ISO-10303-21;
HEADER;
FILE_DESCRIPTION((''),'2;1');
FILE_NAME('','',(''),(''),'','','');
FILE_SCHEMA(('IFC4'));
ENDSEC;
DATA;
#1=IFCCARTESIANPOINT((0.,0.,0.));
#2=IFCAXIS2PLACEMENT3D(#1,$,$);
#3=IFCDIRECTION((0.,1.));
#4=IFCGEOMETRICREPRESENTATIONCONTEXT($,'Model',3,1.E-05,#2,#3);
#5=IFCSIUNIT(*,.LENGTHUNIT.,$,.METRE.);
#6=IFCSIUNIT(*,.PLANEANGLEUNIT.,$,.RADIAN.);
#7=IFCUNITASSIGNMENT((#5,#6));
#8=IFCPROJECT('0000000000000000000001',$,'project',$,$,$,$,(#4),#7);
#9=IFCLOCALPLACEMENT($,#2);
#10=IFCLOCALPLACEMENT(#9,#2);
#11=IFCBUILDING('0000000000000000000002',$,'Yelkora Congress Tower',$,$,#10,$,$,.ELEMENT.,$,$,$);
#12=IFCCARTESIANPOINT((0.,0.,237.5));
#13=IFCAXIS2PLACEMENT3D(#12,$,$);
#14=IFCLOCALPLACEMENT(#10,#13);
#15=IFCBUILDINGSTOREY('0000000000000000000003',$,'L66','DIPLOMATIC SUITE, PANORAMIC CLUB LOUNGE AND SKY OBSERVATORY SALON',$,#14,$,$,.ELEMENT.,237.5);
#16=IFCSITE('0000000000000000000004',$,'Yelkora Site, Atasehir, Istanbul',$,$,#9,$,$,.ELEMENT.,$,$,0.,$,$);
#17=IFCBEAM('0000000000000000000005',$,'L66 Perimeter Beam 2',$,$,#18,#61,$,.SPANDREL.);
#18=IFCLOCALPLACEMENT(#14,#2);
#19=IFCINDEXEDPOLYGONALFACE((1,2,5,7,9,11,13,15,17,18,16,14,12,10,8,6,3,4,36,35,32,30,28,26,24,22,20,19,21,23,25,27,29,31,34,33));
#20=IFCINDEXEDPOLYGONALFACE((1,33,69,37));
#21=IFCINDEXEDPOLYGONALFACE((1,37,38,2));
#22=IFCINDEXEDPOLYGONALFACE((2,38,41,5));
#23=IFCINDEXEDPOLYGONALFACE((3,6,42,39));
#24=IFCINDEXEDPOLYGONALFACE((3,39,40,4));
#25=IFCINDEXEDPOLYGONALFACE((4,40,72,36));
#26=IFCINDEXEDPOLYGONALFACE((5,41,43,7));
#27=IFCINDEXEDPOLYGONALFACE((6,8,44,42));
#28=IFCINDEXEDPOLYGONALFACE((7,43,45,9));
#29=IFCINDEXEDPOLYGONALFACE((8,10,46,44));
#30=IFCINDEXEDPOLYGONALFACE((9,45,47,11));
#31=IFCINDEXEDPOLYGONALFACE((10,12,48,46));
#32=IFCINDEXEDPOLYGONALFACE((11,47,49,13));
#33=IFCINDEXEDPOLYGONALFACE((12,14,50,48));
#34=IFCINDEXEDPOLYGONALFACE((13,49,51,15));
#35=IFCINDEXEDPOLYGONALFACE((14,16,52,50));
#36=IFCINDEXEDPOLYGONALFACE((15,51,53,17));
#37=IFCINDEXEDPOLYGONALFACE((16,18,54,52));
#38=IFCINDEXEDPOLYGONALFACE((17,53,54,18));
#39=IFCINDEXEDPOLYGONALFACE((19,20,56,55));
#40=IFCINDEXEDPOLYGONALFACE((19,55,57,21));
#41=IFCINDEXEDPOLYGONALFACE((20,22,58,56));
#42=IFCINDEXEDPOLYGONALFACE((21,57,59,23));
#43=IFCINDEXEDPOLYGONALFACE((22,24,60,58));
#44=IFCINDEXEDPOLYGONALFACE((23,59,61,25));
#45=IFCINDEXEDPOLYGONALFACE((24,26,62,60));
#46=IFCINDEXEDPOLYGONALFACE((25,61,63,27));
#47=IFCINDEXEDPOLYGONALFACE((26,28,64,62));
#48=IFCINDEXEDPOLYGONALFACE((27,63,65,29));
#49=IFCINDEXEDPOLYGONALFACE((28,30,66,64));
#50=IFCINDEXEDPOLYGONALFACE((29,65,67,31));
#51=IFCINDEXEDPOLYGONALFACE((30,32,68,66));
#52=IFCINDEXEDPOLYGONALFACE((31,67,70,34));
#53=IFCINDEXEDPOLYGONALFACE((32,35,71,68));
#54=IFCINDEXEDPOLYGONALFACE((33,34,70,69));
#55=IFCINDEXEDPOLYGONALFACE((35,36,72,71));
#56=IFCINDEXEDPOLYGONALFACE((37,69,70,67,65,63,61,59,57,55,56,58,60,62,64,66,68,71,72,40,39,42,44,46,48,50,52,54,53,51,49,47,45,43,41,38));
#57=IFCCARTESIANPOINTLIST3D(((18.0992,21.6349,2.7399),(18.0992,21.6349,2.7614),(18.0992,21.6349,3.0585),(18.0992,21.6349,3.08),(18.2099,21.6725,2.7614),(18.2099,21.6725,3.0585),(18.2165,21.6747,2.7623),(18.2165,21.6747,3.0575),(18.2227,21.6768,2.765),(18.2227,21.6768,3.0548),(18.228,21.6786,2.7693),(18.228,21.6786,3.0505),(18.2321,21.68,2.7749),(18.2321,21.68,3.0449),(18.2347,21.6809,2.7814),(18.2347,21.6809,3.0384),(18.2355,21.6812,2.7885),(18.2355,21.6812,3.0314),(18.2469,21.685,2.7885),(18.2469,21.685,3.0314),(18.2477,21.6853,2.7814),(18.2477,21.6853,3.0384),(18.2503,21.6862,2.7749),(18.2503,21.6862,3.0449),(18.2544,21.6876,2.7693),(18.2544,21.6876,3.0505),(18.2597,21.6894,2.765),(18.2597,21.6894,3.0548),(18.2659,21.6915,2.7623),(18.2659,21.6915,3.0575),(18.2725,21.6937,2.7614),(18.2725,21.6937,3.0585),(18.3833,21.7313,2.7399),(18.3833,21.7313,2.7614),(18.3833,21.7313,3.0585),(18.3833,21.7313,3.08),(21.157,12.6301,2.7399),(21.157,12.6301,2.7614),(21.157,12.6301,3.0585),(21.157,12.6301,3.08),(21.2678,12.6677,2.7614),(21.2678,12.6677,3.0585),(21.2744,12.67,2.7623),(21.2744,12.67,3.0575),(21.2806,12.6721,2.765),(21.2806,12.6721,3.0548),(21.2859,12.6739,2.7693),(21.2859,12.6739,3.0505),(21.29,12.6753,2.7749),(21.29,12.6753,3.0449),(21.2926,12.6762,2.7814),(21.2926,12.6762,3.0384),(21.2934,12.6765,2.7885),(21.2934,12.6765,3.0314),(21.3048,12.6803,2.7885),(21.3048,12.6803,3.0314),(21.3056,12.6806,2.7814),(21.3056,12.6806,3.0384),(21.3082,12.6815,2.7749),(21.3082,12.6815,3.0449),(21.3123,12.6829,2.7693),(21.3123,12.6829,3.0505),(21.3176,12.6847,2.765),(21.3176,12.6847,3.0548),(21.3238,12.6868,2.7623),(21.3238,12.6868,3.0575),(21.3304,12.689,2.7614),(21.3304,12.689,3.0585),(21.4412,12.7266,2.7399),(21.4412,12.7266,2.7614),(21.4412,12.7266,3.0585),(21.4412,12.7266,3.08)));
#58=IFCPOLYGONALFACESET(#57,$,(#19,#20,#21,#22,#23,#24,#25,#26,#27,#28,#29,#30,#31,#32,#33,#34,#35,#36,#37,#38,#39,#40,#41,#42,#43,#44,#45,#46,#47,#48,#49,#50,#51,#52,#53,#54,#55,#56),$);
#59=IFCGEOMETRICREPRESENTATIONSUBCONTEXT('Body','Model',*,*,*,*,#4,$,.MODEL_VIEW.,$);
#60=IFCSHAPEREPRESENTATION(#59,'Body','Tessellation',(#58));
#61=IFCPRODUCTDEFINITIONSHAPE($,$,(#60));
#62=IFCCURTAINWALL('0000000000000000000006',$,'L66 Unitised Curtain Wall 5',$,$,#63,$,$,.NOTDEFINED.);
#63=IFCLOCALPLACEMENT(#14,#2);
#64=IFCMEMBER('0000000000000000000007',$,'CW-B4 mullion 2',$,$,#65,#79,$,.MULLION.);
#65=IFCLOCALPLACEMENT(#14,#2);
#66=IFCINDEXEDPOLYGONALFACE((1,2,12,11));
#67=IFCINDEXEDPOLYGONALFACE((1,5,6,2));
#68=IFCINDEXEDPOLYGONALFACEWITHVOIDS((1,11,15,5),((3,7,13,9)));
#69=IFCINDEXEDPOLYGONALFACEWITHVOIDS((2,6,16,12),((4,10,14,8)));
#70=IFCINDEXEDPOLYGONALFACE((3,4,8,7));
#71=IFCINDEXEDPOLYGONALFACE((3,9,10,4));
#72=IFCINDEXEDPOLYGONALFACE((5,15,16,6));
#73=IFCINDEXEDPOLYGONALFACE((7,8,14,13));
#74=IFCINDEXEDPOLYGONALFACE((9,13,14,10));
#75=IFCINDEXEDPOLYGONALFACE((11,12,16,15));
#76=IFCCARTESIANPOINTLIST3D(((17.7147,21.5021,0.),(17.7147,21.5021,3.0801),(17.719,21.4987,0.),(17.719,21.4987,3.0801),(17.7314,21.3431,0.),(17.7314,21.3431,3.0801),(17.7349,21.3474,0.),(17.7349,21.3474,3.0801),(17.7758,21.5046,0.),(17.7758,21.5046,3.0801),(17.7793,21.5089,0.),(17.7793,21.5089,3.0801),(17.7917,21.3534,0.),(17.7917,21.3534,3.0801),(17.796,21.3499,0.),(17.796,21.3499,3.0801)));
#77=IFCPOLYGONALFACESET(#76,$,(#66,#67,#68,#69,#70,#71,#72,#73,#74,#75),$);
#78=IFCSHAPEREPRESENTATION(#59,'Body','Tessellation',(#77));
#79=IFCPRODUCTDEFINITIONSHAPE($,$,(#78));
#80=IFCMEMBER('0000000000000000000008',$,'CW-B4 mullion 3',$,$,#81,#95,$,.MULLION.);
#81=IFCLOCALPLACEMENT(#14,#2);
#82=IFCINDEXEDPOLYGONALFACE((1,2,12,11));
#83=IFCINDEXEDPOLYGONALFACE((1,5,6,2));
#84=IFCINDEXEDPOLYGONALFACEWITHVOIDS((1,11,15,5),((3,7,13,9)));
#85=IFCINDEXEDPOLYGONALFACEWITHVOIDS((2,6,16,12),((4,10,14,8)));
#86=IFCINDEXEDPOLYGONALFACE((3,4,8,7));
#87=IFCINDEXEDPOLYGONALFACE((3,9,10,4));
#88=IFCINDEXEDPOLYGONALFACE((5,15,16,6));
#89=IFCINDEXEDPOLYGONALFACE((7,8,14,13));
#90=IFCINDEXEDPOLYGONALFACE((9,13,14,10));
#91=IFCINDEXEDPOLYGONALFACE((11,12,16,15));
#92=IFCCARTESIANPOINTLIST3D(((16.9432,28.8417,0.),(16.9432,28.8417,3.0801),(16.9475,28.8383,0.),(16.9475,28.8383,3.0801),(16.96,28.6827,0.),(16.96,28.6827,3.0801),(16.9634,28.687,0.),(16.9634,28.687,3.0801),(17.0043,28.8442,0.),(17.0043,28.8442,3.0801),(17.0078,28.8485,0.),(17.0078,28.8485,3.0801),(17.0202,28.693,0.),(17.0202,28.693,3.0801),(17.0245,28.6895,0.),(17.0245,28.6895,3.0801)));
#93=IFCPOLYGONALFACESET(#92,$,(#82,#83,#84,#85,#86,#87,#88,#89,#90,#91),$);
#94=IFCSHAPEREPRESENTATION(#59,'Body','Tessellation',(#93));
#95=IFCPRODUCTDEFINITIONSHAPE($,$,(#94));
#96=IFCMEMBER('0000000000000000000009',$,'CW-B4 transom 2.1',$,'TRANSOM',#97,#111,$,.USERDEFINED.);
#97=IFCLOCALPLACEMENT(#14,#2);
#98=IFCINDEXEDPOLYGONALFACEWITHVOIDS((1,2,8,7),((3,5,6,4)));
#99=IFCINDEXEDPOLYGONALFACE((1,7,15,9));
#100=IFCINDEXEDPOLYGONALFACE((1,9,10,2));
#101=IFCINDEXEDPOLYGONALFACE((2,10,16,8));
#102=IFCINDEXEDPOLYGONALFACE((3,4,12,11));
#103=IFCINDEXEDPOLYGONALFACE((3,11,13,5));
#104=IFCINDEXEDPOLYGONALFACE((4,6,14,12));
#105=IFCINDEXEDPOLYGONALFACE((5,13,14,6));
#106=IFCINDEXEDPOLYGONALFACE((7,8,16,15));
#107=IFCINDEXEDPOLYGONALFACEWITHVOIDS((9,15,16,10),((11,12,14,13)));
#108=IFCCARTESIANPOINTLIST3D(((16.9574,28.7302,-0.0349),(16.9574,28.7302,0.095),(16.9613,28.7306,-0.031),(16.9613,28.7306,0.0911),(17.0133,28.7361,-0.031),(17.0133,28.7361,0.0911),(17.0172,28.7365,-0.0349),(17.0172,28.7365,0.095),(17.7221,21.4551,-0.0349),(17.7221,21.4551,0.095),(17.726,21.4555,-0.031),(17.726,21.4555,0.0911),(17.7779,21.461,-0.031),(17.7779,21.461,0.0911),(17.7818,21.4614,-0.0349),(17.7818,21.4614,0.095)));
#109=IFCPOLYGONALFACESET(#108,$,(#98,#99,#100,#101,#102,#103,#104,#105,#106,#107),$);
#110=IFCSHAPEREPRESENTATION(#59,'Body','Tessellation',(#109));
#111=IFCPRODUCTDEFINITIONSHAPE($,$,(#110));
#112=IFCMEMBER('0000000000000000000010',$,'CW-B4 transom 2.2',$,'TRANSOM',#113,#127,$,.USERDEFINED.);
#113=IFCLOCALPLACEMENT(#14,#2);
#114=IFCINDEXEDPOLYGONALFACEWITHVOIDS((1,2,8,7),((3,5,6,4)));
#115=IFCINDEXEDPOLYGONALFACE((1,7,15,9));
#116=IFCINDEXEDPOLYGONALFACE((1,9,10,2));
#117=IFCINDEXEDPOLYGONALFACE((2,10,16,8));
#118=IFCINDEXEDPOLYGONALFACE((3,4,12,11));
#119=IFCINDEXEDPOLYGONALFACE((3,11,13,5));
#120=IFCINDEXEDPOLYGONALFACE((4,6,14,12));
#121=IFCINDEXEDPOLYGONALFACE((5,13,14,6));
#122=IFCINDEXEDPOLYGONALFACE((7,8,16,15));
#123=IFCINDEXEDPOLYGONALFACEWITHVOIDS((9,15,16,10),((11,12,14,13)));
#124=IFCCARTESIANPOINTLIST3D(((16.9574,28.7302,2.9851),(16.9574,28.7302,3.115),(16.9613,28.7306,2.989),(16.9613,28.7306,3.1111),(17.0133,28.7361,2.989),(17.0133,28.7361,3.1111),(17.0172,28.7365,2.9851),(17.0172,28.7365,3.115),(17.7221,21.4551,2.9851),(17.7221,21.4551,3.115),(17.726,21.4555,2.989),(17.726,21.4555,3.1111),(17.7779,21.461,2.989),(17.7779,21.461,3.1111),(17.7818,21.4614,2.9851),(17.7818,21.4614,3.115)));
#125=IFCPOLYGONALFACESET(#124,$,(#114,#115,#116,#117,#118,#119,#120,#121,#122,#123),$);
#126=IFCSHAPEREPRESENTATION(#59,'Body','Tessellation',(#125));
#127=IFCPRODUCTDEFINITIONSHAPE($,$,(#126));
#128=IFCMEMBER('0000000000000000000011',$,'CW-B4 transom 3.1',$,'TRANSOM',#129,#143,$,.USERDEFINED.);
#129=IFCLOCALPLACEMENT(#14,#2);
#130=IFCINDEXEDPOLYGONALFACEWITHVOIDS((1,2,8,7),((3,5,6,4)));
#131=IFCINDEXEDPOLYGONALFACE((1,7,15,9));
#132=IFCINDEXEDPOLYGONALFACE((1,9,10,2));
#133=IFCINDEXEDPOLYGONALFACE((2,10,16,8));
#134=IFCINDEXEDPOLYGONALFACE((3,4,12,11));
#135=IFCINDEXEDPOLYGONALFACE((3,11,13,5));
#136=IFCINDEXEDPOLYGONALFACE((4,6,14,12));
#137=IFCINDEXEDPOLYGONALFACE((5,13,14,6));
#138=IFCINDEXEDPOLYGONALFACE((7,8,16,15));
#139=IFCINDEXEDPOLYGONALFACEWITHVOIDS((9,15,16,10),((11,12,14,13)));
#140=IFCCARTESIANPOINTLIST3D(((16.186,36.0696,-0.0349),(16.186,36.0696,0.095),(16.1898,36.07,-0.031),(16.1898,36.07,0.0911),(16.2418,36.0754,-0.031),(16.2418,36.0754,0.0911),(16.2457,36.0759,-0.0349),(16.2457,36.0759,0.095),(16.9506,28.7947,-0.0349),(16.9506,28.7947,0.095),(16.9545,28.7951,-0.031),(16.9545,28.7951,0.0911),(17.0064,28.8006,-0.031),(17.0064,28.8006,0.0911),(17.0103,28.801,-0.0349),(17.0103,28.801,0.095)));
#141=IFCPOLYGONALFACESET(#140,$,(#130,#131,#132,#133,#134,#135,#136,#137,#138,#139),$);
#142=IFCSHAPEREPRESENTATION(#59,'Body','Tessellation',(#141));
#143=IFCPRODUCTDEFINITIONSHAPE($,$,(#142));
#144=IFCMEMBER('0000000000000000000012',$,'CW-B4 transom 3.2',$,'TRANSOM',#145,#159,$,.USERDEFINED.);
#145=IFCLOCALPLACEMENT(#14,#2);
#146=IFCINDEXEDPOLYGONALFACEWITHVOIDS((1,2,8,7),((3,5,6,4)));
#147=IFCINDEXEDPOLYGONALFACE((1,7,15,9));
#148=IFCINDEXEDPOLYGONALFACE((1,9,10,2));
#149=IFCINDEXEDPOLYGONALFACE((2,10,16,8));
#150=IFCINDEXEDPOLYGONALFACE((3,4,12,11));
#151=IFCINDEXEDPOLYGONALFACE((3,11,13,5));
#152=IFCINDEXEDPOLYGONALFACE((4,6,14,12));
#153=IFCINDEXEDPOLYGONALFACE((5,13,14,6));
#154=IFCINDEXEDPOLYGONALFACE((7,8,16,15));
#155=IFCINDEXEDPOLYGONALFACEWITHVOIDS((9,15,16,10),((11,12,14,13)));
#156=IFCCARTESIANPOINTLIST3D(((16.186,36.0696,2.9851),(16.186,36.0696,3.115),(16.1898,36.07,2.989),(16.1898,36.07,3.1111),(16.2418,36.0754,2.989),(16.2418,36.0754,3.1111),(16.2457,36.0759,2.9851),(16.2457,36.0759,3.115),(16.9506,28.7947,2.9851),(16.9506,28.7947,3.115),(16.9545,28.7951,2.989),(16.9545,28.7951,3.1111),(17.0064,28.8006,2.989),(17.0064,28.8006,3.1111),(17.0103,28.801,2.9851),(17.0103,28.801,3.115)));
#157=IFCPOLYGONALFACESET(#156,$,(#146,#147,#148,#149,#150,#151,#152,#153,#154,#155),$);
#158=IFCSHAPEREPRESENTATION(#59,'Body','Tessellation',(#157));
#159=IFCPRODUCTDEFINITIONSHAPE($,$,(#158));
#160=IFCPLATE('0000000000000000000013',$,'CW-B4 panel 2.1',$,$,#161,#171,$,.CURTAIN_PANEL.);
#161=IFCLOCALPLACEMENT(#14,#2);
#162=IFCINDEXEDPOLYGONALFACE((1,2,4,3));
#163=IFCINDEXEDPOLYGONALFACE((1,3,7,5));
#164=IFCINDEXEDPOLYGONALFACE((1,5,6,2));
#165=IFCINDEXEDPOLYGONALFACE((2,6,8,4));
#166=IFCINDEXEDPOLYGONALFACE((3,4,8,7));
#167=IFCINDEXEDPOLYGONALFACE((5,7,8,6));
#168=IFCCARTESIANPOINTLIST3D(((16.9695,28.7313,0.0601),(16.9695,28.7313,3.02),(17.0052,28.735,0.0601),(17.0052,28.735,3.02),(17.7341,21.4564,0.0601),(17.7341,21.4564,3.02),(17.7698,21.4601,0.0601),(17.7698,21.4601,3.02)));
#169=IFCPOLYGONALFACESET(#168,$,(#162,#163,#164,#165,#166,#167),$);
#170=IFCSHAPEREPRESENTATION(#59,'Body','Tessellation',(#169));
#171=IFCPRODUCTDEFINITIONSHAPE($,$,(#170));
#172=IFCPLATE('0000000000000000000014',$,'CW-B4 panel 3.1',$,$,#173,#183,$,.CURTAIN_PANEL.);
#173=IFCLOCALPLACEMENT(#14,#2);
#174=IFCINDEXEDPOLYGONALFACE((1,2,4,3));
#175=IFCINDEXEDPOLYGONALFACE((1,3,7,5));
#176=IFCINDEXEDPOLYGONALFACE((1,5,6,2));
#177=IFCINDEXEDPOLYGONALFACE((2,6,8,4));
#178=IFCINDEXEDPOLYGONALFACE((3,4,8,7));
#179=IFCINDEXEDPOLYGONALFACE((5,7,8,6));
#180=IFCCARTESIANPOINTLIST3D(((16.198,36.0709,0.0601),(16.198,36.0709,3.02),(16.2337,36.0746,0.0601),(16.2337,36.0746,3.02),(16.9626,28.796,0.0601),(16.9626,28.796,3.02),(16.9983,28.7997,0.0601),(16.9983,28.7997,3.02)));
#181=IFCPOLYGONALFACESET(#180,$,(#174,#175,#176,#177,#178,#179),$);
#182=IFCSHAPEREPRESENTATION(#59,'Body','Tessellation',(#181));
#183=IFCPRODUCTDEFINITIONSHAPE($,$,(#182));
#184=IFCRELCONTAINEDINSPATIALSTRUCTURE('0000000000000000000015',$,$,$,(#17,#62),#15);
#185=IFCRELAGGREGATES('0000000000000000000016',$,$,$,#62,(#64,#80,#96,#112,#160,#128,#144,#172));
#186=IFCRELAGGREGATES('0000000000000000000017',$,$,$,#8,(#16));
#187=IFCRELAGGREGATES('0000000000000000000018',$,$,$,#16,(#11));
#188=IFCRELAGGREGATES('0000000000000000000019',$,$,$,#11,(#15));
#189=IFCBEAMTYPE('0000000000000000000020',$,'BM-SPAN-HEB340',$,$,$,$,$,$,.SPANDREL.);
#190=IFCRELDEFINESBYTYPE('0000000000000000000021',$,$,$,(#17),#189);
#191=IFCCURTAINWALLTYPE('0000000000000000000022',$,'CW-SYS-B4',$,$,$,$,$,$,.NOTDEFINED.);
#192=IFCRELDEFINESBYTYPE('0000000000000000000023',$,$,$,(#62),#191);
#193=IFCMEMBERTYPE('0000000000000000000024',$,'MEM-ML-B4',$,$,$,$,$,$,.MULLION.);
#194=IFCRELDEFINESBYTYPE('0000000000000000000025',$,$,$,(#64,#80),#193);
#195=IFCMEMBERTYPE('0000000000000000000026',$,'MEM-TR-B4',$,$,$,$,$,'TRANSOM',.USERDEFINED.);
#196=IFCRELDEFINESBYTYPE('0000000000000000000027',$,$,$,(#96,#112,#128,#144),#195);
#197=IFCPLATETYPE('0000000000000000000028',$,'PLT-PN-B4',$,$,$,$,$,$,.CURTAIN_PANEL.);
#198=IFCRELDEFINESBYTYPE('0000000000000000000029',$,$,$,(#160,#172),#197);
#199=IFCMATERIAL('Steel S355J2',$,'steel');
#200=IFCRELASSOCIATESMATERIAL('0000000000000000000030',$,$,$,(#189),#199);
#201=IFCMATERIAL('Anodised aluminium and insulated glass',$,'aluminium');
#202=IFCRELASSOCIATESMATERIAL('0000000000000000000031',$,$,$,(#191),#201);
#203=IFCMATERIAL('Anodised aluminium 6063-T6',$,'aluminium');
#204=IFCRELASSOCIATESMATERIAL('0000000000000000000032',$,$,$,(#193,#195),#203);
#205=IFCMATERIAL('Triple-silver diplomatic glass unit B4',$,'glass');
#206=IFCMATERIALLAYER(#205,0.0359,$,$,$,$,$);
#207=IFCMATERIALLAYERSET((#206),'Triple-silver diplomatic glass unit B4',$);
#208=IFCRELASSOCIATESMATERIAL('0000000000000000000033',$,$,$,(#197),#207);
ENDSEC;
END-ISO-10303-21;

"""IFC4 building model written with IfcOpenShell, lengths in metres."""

from ifc_helpers import new_model, si_unit, direction, frame, origin, origin_2d, place, context, subcontext, project, spatial, rectangle, hollow_rectangle, i_section, extrude, material, layer, layer_set, material_profile, profile_set, type_object, element, aggregate, save


model = new_model("IFC4")

# Units and contexts
model_context = context("Model", 3, precision=1e-05, world=origin(), true_north=direction((0.0, 1.0)))
body_context = subcontext(model_context, "Body", "Model", "MODEL_VIEW")
ifc_project = project(units=[si_unit("LENGTHUNIT", "METRE"), si_unit("PLANEANGLEUNIT", "RADIAN")], contexts=[model_context])

# Site, building, storey
site_placement = place(None, origin())
site = spatial("IfcSite", under=ifc_project, at=site_placement, Name="Yelkora Site, Atasehir, Istanbul", CompositionType="ELEMENT", RefElevation=0.0)
building_placement = place(site_placement, origin())
building = spatial("IfcBuilding", under=site, at=building_placement, Name="Yelkora Congress Tower", CompositionType="ELEMENT")
storey_placement = place(building_placement, frame((0.0, 0.0, 237.5)))
storey = spatial("IfcBuildingStorey", under=building, at=storey_placement, Name="L66", Description="DIPLOMATIC SUITE, PANORAMIC CLUB LOUNGE AND SKY OBSERVATORY SALON", CompositionType="ELEMENT", Elevation=237.5)

# Shared definitions
ifc_material_1 = material(Name="Steel S355J2", Category="steel")

# Beam
ifc_material_profile_1 = material_profile(ifc_material_1, i_section(OverallWidth=0.3, OverallDepth=0.3401, WebThickness=0.012, FlangeThickness=0.0215, FilletRadius=0.0271, at=origin_2d()), Name="HEB 340")
ifc_profile_set_1 = profile_set([ifc_material_profile_1], Name="Steel S355J2")
beam_type_1 = type_object("IfcBeamType", Name="BM-SPAN-HEB340", PredefinedType="SPANDREL", material=ifc_profile_set_1)
beam_1_placement = place(storey_placement, frame((18.2412, 21.6831, 2.9099), z_axis=(0.321552, -0.946892, 0.0), x_axis=(0.946892, 0.321552, 0.0)))
element("IfcBeam", 1, at=beam_1_placement, inside=storey, type_object=beam_type_1, Name="L66 Perimeter Beam 2", PredefinedType="SPANDREL", context=body_context, shape_type="SweptSolid", body=[
    extrude(i_section(OverallWidth=0.3, OverallDepth=0.3401, WebThickness=0.012, FlangeThickness=0.0215, FilletRadius=0.0271, at=origin_2d()), origin(), (0.0, 0.0, 1.0), 9.5098),
])

# Curtain wall, members, plates
ifc_material_2 = material(Name="Anodised aluminium and insulated glass", Category="aluminium")
curtain_wall_type = type_object("IfcCurtainWallType", Name="CW-SYS-B4", PredefinedType="NOTDEFINED", material=ifc_material_2)
curtain_wall_placement = place(storey_placement, origin())
curtain_wall = element("IfcCurtainWall", 2, at=curtain_wall_placement, inside=storey, type_object=curtain_wall_type, Name="L66 Unitised Curtain Wall 5", PredefinedType="NOTDEFINED")
ifc_material_3 = material(Name="Anodised aluminium 6063-T6", Category="aluminium")
ifc_material_profile_2 = material_profile(ifc_material_3, hollow_rectangle(XDim=0.0649, YDim=0.1599, WallThickness=0.0039, at=origin_2d()), Name="ALU 65x160x4")
ifc_profile_set_2 = profile_set([ifc_material_profile_2], Name="Anodised aluminium 6063-T6")
member_type_1 = type_object("IfcMemberType", Name="MEM-ML-B4", PredefinedType="MULLION", material=ifc_profile_set_2)
member_1_placement = place(storey_placement, frame((17.7554, 21.426, 0.0), z_axis=(0.0, 0.0, 1.0), x_axis=(-0.994522, -0.104526, 0.0)))
member_1 = element("IfcMember", 3, at=member_1_placement, type_object=member_type_1, Name="CW-B4 mullion 2", PredefinedType="MULLION", context=body_context, shape_type="SweptSolid", body=[
    extrude(hollow_rectangle(XDim=0.0649, YDim=0.1599, WallThickness=0.0039, at=origin_2d()), origin(), (0.0, 0.0, 1.0), 3.0801),
])
member_2_placement = place(storey_placement, frame((16.9839, 28.7656, 0.0), z_axis=(0.0, 0.0, 1.0), x_axis=(-0.994522, -0.104526, 0.0)))
member_2 = element("IfcMember", 4, at=member_2_placement, type_object=member_type_1, Name="CW-B4 mullion 3", PredefinedType="MULLION", context=body_context, shape_type="SweptSolid", body=[
    extrude(hollow_rectangle(XDim=0.0649, YDim=0.1599, WallThickness=0.0039, at=origin_2d()), origin(), (0.0, 0.0, 1.0), 3.0801),
])
ifc_material_profile_3 = material_profile(ifc_material_3, hollow_rectangle(XDim=0.0601, YDim=0.1299, WallThickness=0.0039, at=origin_2d()), Name="ALU 60x130x4")
ifc_profile_set_3 = profile_set([ifc_material_profile_3], Name="Anodised aluminium 6063-T6")
member_type_2 = type_object("IfcMemberType", Name="MEM-TR-B4", ElementType="TRANSOM", PredefinedType="USERDEFINED", material=ifc_profile_set_3)
member_3_placement = place(storey_placement, frame((17.752, 21.4583, 0.03), z_axis=(-0.104528, 0.994522, 0.0), x_axis=(-0.994522, -0.104528, 0.0)))
member_3 = element("IfcMember", 5, at=member_3_placement, type_object=member_type_2, Name="CW-B4 transom 2.1", ObjectType="TRANSOM", PredefinedType="USERDEFINED", context=body_context, shape_type="SweptSolid", body=[
    extrude(hollow_rectangle(XDim=0.0601, YDim=0.1299, WallThickness=0.0039, at=origin_2d()), origin(), (0.0, 0.0, 1.0), 7.3152),
])
member_4_placement = place(storey_placement, frame((17.752, 21.4583, 3.05), z_axis=(-0.104528, 0.994522, 0.0), x_axis=(-0.994522, -0.104528, 0.0)))
member_4 = element("IfcMember", 6, at=member_4_placement, type_object=member_type_2, Name="CW-B4 transom 2.2", ObjectType="TRANSOM", PredefinedType="USERDEFINED", context=body_context, shape_type="SweptSolid", body=[
    extrude(hollow_rectangle(XDim=0.0601, YDim=0.1299, WallThickness=0.0039, at=origin_2d()), origin(), (0.0, 0.0, 1.0), 7.3152),
])
member_5_placement = place(storey_placement, frame((16.9805, 28.7979, 0.03), z_axis=(-0.104532, 0.994522, 0.0), x_axis=(-0.994522, -0.104532, 0.0)))
member_5 = element("IfcMember", 7, at=member_5_placement, type_object=member_type_2, Name="CW-B4 transom 3.1", ObjectType="TRANSOM", PredefinedType="USERDEFINED", context=body_context, shape_type="SweptSolid", body=[
    extrude(hollow_rectangle(XDim=0.0601, YDim=0.1299, WallThickness=0.0039, at=origin_2d()), origin(), (0.0, 0.0, 1.0), 7.3149),
])
member_6_placement = place(storey_placement, frame((16.9805, 28.7979, 3.05), z_axis=(-0.104532, 0.994522, 0.0), x_axis=(-0.994522, -0.104532, 0.0)))
member_6 = element("IfcMember", 8, at=member_6_placement, type_object=member_type_2, Name="CW-B4 transom 3.2", ObjectType="TRANSOM", PredefinedType="USERDEFINED", context=body_context, shape_type="SweptSolid", body=[
    extrude(hollow_rectangle(XDim=0.0601, YDim=0.1299, WallThickness=0.0039, at=origin_2d()), origin(), (0.0, 0.0, 1.0), 7.3149),
])
ifc_material_4 = material(Name="Triple-silver diplomatic glass unit B4", Category="glass")
ifc_layer_1 = layer(ifc_material_4, 0.0359)
ifc_layer_set_1 = layer_set([ifc_layer_1], Name="Triple-silver diplomatic glass unit B4")
plate_type = type_object("IfcPlateType", Name="PLT-PN-B4", PredefinedType="CURTAIN_PANEL", material=ifc_layer_set_1)
plate_1_placement = place(storey_placement, frame((17.3696, 25.0957, 0.0601), z_axis=(0.0, 0.0, 1.0), x_axis=(-0.104526, 0.994522, 0.0)))
plate_1 = element("IfcPlate", 9, at=plate_1_placement, type_object=plate_type, Name="CW-B4 panel 2.1", PredefinedType="CURTAIN_PANEL", context=body_context, shape_type="SweptSolid", body=[
    extrude(rectangle(XDim=7.3149, YDim=0.0359, at=origin_2d()), origin(), (0.0, 0.0, 1.0), 2.96),
])
plate_2_placement = place(storey_placement, frame((16.5981, 32.4353, 0.0601), z_axis=(0.0, 0.0, 1.0), x_axis=(-0.104526, 0.994522, 0.0)))
plate_2 = element("IfcPlate", 10, at=plate_2_placement, type_object=plate_type, Name="CW-B4 panel 3.1", PredefinedType="CURTAIN_PANEL", context=body_context, shape_type="SweptSolid", body=[
    extrude(rectangle(XDim=7.3149, YDim=0.0359, at=origin_2d()), origin(), (0.0, 0.0, 1.0), 2.96),
])
aggregate(curtain_wall, [member_1, member_2, member_3, member_4, plate_1, member_5, member_6, plate_2])

save(model, "model.ifc")
